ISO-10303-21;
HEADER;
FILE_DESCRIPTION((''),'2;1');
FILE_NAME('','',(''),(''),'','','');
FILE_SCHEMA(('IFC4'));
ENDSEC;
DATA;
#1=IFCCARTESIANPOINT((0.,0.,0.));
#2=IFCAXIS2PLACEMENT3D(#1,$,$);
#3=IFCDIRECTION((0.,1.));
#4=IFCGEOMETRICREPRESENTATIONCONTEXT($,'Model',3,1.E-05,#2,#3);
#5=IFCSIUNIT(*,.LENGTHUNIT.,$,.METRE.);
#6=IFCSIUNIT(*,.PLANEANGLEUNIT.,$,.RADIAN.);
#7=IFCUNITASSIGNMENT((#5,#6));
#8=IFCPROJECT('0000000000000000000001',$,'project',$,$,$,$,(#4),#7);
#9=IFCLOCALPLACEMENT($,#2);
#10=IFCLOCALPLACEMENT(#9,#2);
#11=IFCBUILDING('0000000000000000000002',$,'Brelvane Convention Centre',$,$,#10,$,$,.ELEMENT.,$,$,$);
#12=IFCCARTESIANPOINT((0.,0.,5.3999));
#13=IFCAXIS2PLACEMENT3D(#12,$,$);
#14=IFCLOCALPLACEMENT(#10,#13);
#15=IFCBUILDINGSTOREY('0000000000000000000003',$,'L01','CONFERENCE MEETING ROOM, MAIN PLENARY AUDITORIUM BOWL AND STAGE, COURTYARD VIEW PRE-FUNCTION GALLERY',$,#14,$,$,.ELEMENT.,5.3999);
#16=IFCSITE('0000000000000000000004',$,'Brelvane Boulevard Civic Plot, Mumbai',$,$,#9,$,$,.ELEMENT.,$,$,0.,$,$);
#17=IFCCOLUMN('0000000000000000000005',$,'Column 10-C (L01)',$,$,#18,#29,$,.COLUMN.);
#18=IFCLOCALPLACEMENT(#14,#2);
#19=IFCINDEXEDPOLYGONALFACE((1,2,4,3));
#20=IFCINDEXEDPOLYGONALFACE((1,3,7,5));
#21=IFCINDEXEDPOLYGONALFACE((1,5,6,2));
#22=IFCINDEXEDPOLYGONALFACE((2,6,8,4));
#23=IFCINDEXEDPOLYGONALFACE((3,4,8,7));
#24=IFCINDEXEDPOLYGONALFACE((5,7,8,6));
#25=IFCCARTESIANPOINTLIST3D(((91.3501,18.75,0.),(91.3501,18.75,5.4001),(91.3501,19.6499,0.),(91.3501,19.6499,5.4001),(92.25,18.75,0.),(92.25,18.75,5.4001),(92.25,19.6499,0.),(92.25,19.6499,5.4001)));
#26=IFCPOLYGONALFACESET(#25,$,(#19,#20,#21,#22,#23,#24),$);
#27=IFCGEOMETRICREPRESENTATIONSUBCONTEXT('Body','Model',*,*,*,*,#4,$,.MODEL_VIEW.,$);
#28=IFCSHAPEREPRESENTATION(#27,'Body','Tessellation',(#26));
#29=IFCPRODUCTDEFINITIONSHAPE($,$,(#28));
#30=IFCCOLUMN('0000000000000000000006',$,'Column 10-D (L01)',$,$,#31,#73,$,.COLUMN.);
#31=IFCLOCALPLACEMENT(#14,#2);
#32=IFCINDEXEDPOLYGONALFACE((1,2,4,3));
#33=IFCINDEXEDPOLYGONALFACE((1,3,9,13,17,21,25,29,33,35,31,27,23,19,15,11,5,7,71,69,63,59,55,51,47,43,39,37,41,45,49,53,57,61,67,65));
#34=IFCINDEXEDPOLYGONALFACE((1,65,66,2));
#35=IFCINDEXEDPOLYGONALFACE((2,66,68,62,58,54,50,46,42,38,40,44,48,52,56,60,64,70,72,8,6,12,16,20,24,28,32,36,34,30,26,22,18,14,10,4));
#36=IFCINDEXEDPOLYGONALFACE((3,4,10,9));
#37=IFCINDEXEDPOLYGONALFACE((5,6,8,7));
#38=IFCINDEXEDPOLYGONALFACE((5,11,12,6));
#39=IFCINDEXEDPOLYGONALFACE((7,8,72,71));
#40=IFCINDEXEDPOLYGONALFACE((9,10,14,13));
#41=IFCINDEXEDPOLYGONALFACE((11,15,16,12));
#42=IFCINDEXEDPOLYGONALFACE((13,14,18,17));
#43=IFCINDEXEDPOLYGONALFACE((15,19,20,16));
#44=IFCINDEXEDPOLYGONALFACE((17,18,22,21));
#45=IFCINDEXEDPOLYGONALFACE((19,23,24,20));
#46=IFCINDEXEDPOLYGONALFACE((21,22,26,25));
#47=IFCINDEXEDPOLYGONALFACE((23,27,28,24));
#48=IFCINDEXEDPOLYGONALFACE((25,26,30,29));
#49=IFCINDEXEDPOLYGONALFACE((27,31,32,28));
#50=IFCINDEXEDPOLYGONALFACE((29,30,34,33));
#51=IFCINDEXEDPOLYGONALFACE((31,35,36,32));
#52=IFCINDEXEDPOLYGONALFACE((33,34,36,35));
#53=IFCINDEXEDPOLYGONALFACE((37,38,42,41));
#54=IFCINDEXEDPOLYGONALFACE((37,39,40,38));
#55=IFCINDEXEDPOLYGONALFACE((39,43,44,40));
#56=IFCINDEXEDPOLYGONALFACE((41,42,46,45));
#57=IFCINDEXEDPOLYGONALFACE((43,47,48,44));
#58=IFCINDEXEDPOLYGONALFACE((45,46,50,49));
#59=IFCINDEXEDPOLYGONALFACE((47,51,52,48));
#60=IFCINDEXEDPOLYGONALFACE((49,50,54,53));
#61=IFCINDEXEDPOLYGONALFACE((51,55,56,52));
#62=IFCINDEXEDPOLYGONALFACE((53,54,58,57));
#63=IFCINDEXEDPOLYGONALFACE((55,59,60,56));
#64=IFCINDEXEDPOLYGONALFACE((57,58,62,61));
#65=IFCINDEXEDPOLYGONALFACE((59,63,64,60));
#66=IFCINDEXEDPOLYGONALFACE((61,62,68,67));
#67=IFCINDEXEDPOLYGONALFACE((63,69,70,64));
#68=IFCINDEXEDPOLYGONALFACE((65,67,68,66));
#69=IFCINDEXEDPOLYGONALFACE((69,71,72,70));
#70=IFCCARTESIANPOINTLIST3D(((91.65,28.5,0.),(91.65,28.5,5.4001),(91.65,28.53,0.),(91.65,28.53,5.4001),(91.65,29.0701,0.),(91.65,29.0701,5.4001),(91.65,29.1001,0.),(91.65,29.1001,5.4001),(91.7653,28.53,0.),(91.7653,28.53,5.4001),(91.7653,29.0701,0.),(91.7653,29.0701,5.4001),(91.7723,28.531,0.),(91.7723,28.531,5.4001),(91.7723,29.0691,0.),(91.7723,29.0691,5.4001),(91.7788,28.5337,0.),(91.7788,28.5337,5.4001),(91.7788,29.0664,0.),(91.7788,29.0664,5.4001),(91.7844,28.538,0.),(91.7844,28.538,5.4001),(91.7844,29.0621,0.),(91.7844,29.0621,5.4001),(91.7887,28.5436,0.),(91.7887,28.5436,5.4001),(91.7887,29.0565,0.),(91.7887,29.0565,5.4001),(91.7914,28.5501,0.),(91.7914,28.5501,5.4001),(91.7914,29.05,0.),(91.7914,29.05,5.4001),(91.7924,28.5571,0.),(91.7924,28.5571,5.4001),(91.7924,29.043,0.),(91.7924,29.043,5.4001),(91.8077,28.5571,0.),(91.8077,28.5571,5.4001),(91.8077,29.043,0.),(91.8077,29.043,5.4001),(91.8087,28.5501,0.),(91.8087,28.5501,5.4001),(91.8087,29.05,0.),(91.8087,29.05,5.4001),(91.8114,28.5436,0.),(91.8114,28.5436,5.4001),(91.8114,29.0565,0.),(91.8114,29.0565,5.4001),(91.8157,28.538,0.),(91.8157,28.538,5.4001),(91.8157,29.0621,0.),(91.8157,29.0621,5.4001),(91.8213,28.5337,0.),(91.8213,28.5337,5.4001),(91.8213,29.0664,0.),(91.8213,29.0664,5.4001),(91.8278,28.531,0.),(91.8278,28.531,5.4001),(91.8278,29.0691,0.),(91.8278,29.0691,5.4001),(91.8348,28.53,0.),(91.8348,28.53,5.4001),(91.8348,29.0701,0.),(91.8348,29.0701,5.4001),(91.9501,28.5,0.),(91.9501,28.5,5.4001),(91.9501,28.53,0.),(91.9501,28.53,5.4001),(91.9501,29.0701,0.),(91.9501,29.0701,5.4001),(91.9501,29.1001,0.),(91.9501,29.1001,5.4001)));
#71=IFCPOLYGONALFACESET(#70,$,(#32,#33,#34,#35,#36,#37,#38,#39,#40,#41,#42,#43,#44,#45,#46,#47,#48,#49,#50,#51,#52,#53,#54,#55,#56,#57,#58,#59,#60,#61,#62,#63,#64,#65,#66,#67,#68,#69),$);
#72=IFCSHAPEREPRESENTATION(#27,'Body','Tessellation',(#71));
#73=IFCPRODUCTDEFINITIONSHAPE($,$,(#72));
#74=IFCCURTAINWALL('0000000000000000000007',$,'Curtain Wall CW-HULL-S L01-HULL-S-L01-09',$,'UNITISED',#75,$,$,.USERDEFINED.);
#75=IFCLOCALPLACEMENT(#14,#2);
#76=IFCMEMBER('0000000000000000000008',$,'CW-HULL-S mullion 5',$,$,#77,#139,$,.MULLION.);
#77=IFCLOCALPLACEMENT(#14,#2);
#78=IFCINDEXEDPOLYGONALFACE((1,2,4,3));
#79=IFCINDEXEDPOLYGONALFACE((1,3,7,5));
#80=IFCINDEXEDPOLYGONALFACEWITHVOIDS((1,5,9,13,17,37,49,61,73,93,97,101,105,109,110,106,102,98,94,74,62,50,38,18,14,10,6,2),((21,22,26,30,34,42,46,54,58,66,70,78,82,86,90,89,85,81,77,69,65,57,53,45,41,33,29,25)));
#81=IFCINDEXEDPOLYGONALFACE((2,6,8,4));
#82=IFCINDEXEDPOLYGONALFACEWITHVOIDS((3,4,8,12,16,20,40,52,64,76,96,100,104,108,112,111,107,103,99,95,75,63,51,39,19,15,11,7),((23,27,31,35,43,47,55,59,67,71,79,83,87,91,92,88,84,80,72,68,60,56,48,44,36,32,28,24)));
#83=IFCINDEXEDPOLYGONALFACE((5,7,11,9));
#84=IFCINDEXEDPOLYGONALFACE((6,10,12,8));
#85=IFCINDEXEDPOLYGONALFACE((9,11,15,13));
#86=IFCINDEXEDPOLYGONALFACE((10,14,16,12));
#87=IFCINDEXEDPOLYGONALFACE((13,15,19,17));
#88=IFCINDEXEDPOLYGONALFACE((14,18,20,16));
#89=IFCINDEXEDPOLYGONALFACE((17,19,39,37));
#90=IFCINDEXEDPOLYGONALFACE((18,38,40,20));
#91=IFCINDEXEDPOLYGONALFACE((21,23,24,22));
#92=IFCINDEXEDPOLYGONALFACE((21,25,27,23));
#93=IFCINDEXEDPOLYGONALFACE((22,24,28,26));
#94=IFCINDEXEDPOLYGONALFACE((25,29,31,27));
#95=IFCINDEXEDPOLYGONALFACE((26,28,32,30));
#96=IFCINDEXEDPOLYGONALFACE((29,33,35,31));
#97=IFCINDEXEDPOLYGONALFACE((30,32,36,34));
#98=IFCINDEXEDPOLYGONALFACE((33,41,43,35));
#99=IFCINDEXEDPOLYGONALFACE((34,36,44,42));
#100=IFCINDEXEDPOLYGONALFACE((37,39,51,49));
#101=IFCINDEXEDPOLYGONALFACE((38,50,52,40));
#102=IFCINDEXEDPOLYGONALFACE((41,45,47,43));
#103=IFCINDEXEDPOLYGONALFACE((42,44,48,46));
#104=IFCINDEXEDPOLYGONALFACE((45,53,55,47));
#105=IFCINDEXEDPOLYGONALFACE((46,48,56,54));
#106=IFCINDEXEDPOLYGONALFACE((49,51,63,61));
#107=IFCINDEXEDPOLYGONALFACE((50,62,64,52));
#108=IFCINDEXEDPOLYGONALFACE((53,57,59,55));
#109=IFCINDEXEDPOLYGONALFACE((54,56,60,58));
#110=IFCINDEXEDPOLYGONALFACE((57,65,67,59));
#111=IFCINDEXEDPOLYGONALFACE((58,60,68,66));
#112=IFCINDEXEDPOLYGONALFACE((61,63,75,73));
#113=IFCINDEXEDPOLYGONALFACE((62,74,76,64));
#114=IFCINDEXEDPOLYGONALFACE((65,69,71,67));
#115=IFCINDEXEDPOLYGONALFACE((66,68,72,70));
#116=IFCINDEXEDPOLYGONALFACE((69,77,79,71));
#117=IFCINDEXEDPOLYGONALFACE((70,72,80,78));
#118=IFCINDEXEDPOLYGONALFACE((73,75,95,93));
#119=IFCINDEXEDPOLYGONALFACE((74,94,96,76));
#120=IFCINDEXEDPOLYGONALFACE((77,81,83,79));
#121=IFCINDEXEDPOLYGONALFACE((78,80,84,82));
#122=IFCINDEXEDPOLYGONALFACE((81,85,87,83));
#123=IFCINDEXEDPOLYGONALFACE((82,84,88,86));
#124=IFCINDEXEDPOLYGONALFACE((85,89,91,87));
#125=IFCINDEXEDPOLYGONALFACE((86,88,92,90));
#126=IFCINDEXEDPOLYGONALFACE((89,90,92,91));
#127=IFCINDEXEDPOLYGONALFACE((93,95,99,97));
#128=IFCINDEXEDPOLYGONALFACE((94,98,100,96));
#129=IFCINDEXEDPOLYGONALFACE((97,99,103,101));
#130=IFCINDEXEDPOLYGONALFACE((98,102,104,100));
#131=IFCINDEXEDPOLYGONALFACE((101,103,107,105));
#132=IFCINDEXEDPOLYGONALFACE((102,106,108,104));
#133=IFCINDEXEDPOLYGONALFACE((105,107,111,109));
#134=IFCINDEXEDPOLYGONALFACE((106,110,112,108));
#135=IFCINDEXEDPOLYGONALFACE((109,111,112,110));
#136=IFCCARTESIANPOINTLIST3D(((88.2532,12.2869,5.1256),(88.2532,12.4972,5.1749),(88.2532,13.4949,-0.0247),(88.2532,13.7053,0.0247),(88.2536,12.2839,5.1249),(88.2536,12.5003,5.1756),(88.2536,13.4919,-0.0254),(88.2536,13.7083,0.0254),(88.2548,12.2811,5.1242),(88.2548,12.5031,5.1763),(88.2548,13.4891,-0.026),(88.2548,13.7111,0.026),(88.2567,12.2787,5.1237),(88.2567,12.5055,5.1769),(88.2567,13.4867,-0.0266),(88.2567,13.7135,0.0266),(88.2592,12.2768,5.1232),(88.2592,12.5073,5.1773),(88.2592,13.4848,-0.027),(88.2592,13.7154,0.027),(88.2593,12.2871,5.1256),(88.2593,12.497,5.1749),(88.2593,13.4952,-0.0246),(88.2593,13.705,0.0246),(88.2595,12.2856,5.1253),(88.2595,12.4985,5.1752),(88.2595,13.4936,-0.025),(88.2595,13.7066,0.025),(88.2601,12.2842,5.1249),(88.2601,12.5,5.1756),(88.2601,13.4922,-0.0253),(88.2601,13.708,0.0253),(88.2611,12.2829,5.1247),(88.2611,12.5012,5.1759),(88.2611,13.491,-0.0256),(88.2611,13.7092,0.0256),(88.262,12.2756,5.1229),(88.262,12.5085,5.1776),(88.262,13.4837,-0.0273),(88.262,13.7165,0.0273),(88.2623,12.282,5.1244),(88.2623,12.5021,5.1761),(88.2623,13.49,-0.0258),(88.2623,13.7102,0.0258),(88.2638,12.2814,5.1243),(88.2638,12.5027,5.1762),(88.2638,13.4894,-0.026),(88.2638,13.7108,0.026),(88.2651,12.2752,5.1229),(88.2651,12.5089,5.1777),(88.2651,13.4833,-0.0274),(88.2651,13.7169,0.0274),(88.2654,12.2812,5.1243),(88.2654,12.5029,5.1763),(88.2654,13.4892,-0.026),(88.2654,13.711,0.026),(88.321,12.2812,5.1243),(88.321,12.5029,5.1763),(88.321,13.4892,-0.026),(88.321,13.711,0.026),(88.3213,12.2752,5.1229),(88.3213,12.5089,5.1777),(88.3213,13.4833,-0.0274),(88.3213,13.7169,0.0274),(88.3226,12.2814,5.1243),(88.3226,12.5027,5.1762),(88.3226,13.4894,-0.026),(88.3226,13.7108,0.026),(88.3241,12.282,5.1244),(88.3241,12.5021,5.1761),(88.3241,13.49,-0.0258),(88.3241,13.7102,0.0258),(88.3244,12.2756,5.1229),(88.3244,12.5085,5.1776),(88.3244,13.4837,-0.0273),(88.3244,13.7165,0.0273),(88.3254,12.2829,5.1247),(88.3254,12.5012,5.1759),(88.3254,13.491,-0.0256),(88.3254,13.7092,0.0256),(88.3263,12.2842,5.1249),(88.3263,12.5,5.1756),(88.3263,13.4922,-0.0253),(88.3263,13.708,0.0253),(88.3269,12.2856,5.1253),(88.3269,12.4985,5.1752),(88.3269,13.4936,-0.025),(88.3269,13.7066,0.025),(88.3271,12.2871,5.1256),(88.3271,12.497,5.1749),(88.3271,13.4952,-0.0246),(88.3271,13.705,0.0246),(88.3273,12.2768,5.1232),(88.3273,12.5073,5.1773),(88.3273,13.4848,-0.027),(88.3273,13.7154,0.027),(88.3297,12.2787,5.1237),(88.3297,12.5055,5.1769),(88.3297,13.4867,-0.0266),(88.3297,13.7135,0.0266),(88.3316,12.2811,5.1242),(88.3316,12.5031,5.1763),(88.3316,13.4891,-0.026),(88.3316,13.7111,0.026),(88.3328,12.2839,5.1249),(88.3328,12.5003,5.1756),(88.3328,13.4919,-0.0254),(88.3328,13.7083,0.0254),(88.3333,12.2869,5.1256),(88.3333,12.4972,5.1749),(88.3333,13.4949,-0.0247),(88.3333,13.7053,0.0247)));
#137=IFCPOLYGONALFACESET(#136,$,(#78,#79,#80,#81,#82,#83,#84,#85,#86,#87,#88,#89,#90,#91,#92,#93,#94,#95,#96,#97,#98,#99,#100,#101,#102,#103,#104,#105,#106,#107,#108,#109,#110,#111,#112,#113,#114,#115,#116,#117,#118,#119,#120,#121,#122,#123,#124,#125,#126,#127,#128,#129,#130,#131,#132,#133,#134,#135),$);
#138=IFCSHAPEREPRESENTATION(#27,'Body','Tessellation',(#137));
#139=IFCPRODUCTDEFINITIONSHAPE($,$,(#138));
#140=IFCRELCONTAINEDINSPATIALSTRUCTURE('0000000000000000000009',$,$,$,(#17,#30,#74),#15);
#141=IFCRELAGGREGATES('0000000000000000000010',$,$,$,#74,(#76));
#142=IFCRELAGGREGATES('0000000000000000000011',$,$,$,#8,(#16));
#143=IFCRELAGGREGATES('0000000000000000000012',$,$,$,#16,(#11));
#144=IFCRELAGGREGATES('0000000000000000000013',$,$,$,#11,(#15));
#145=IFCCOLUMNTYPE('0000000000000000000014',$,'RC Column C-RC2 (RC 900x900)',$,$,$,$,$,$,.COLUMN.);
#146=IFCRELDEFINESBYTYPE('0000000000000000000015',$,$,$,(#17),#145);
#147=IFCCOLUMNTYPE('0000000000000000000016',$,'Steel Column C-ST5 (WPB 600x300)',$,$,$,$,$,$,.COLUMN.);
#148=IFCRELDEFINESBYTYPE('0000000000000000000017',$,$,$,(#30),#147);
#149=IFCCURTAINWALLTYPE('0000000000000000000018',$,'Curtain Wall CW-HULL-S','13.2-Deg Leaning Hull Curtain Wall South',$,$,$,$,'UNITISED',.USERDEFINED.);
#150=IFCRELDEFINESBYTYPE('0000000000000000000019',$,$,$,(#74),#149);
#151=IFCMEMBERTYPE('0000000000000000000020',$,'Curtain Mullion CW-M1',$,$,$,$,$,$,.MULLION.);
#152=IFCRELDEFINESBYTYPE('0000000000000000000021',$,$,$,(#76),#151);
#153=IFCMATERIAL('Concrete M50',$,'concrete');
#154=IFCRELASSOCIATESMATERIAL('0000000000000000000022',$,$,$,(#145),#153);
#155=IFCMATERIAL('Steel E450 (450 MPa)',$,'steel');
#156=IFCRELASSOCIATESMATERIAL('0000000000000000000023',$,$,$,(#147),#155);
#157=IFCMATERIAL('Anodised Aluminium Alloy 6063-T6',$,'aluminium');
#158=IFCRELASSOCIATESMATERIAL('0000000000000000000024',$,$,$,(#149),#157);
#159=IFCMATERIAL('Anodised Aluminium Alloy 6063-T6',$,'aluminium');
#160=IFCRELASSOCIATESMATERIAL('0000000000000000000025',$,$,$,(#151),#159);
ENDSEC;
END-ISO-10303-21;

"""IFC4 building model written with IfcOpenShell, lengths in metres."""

from ifc_helpers import new_model, si_unit, direction, frame, origin, origin_2d, place, context, subcontext, project, spatial, rectangle, hollow_rectangle, i_section, extrude, material, material_profile, profile_set, type_object, element, aggregate, save


model = new_model("IFC4")

# Units and contexts
model_context = context("Model", 3, precision=1e-05, world=origin(), true_north=direction((0.0, 1.0)))
body_context = subcontext(model_context, "Body", "Model", "MODEL_VIEW")
ifc_project = project(units=[si_unit("LENGTHUNIT", "METRE"), si_unit("PLANEANGLEUNIT", "RADIAN")], contexts=[model_context])

# Site, building, storey
site_placement = place(None, origin())
site = spatial("IfcSite", under=ifc_project, at=site_placement, Name="Brelvane Boulevard Civic Plot, Mumbai", CompositionType="ELEMENT", RefElevation=0.0)
building_placement = place(site_placement, origin())
building = spatial("IfcBuilding", under=site, at=building_placement, Name="Brelvane Convention Centre", CompositionType="ELEMENT")
storey_placement = place(building_placement, frame((0.0, 0.0, 5.3999)))
storey = spatial("IfcBuildingStorey", under=building, at=storey_placement, Name="L01", Description="CONFERENCE MEETING ROOM, MAIN PLENARY AUDITORIUM BOWL AND STAGE, COURTYARD VIEW PRE-FUNCTION GALLERY", CompositionType="ELEMENT", Elevation=5.3999)

# Columns
ifc_material_1 = material(Name="Concrete M50", Category="concrete")
ifc_material_profile_1 = material_profile(ifc_material_1, rectangle(XDim=0.8999, YDim=0.8999, at=origin_2d()), Name="RC 900x900")
ifc_profile_set_1 = profile_set([ifc_material_profile_1], Name="Concrete M50")
column_type_1 = type_object("IfcColumnType", Name="RC Column C-RC2 (RC 900x900)", PredefinedType="COLUMN", material=ifc_profile_set_1)
column_1_placement = place(storey_placement, frame((91.8, 19.2, 0.0), z_axis=(0.0, 0.0, 1.0), x_axis=(1.0, 0.0, 0.0)))
element("IfcColumn", 1, at=column_1_placement, inside=storey, type_object=column_type_1, Name="Column 10-C (L01)", PredefinedType="COLUMN", context=body_context, shape_type="SweptSolid", body=[
    extrude(rectangle(XDim=0.8999, YDim=0.8999, at=origin_2d()), origin(), (0.0, 0.0, 1.0), 5.4001),
])
ifc_material_2 = material(Name="Steel E450 (450 MPa)", Category="steel")
ifc_material_profile_2 = material_profile(ifc_material_2, i_section(OverallWidth=0.3, OverallDepth=0.6001, WebThickness=0.0154, FlangeThickness=0.03, FilletRadius=0.0271, at=origin_2d()), Name="WPB 600x300")
ifc_profile_set_2 = profile_set([ifc_material_profile_2], Name="Steel E450 (450 MPa)")
column_type_2 = type_object("IfcColumnType", Name="Steel Column C-ST5 (WPB 600x300)", PredefinedType="COLUMN", material=ifc_profile_set_2)
column_2_placement = place(storey_placement, frame((91.8, 28.8, 0.0), z_axis=(0.0, 0.0, 1.0), x_axis=(1.0, 0.0, 0.0)))
element("IfcColumn", 2, at=column_2_placement, inside=storey, type_object=column_type_2, Name="Column 10-D (L01)", PredefinedType="COLUMN", context=body_context, shape_type="SweptSolid", body=[
    extrude(i_section(OverallWidth=0.3, OverallDepth=0.6001, WebThickness=0.0154, FlangeThickness=0.03, FilletRadius=0.0271, at=origin_2d()), origin(), (0.0, 0.0, 1.0), 5.4001),
])

# Curtain wall, member
ifc_material_3 = material(Name="Anodised Aluminium Alloy 6063-T6", Category="aluminium")
curtain_wall_type = type_object("IfcCurtainWallType", Name="Curtain Wall CW-HULL-S", Description="13.2-Deg Leaning Hull Curtain Wall South", ElementType="UNITISED", PredefinedType="USERDEFINED", material=ifc_material_3)
curtain_wall_1_placement = place(storey_placement, origin())
curtain_wall_1 = element("IfcCurtainWall", 3, at=curtain_wall_1_placement, inside=storey, type_object=curtain_wall_type, Name="Curtain Wall CW-HULL-S L01-HULL-S-L01-09", ObjectType="UNITISED", PredefinedType="USERDEFINED")
ifc_material_4 = material(Name="Anodised Aluminium Alloy 6063-T6", Category="aluminium")
ifc_material_profile_3 = material_profile(ifc_material_4, hollow_rectangle(XDim=0.0801, YDim=0.24, WallThickness=0.0061, InnerFilletRadius=0.0061, OuterFilletRadius=0.012, at=origin_2d()), Name="ALU-M 240x80x6.0")
ifc_profile_set_3 = profile_set([ifc_material_profile_3], Name="Anodised Aluminium Alloy 6063-T6")
member_type_1 = type_object("IfcMemberType", Name="Curtain Mullion CW-M1", PredefinedType="MULLION", material=ifc_profile_set_3)
member_1_placement = place(storey_placement, frame((88.2932, 13.6001, 0.0), z_axis=(0.0, -0.22836, 0.973577), x_axis=(1.0, 0.0, 0.0)))
member_1 = element("IfcMember", 4, at=member_1_placement, type_object=member_type_1, Name="CW-HULL-S mullion 5", PredefinedType="MULLION", context=body_context, shape_type="SweptSolid", body=[
    extrude(hollow_rectangle(XDim=0.0801, YDim=0.24, WallThickness=0.0061, InnerFilletRadius=0.0061, OuterFilletRadius=0.012, at=origin_2d()), origin(), (0.0, 0.0, 1.0), 5.29),
])

aggregate(curtain_wall_1, [member_1])

save(model, "model.ifc")
